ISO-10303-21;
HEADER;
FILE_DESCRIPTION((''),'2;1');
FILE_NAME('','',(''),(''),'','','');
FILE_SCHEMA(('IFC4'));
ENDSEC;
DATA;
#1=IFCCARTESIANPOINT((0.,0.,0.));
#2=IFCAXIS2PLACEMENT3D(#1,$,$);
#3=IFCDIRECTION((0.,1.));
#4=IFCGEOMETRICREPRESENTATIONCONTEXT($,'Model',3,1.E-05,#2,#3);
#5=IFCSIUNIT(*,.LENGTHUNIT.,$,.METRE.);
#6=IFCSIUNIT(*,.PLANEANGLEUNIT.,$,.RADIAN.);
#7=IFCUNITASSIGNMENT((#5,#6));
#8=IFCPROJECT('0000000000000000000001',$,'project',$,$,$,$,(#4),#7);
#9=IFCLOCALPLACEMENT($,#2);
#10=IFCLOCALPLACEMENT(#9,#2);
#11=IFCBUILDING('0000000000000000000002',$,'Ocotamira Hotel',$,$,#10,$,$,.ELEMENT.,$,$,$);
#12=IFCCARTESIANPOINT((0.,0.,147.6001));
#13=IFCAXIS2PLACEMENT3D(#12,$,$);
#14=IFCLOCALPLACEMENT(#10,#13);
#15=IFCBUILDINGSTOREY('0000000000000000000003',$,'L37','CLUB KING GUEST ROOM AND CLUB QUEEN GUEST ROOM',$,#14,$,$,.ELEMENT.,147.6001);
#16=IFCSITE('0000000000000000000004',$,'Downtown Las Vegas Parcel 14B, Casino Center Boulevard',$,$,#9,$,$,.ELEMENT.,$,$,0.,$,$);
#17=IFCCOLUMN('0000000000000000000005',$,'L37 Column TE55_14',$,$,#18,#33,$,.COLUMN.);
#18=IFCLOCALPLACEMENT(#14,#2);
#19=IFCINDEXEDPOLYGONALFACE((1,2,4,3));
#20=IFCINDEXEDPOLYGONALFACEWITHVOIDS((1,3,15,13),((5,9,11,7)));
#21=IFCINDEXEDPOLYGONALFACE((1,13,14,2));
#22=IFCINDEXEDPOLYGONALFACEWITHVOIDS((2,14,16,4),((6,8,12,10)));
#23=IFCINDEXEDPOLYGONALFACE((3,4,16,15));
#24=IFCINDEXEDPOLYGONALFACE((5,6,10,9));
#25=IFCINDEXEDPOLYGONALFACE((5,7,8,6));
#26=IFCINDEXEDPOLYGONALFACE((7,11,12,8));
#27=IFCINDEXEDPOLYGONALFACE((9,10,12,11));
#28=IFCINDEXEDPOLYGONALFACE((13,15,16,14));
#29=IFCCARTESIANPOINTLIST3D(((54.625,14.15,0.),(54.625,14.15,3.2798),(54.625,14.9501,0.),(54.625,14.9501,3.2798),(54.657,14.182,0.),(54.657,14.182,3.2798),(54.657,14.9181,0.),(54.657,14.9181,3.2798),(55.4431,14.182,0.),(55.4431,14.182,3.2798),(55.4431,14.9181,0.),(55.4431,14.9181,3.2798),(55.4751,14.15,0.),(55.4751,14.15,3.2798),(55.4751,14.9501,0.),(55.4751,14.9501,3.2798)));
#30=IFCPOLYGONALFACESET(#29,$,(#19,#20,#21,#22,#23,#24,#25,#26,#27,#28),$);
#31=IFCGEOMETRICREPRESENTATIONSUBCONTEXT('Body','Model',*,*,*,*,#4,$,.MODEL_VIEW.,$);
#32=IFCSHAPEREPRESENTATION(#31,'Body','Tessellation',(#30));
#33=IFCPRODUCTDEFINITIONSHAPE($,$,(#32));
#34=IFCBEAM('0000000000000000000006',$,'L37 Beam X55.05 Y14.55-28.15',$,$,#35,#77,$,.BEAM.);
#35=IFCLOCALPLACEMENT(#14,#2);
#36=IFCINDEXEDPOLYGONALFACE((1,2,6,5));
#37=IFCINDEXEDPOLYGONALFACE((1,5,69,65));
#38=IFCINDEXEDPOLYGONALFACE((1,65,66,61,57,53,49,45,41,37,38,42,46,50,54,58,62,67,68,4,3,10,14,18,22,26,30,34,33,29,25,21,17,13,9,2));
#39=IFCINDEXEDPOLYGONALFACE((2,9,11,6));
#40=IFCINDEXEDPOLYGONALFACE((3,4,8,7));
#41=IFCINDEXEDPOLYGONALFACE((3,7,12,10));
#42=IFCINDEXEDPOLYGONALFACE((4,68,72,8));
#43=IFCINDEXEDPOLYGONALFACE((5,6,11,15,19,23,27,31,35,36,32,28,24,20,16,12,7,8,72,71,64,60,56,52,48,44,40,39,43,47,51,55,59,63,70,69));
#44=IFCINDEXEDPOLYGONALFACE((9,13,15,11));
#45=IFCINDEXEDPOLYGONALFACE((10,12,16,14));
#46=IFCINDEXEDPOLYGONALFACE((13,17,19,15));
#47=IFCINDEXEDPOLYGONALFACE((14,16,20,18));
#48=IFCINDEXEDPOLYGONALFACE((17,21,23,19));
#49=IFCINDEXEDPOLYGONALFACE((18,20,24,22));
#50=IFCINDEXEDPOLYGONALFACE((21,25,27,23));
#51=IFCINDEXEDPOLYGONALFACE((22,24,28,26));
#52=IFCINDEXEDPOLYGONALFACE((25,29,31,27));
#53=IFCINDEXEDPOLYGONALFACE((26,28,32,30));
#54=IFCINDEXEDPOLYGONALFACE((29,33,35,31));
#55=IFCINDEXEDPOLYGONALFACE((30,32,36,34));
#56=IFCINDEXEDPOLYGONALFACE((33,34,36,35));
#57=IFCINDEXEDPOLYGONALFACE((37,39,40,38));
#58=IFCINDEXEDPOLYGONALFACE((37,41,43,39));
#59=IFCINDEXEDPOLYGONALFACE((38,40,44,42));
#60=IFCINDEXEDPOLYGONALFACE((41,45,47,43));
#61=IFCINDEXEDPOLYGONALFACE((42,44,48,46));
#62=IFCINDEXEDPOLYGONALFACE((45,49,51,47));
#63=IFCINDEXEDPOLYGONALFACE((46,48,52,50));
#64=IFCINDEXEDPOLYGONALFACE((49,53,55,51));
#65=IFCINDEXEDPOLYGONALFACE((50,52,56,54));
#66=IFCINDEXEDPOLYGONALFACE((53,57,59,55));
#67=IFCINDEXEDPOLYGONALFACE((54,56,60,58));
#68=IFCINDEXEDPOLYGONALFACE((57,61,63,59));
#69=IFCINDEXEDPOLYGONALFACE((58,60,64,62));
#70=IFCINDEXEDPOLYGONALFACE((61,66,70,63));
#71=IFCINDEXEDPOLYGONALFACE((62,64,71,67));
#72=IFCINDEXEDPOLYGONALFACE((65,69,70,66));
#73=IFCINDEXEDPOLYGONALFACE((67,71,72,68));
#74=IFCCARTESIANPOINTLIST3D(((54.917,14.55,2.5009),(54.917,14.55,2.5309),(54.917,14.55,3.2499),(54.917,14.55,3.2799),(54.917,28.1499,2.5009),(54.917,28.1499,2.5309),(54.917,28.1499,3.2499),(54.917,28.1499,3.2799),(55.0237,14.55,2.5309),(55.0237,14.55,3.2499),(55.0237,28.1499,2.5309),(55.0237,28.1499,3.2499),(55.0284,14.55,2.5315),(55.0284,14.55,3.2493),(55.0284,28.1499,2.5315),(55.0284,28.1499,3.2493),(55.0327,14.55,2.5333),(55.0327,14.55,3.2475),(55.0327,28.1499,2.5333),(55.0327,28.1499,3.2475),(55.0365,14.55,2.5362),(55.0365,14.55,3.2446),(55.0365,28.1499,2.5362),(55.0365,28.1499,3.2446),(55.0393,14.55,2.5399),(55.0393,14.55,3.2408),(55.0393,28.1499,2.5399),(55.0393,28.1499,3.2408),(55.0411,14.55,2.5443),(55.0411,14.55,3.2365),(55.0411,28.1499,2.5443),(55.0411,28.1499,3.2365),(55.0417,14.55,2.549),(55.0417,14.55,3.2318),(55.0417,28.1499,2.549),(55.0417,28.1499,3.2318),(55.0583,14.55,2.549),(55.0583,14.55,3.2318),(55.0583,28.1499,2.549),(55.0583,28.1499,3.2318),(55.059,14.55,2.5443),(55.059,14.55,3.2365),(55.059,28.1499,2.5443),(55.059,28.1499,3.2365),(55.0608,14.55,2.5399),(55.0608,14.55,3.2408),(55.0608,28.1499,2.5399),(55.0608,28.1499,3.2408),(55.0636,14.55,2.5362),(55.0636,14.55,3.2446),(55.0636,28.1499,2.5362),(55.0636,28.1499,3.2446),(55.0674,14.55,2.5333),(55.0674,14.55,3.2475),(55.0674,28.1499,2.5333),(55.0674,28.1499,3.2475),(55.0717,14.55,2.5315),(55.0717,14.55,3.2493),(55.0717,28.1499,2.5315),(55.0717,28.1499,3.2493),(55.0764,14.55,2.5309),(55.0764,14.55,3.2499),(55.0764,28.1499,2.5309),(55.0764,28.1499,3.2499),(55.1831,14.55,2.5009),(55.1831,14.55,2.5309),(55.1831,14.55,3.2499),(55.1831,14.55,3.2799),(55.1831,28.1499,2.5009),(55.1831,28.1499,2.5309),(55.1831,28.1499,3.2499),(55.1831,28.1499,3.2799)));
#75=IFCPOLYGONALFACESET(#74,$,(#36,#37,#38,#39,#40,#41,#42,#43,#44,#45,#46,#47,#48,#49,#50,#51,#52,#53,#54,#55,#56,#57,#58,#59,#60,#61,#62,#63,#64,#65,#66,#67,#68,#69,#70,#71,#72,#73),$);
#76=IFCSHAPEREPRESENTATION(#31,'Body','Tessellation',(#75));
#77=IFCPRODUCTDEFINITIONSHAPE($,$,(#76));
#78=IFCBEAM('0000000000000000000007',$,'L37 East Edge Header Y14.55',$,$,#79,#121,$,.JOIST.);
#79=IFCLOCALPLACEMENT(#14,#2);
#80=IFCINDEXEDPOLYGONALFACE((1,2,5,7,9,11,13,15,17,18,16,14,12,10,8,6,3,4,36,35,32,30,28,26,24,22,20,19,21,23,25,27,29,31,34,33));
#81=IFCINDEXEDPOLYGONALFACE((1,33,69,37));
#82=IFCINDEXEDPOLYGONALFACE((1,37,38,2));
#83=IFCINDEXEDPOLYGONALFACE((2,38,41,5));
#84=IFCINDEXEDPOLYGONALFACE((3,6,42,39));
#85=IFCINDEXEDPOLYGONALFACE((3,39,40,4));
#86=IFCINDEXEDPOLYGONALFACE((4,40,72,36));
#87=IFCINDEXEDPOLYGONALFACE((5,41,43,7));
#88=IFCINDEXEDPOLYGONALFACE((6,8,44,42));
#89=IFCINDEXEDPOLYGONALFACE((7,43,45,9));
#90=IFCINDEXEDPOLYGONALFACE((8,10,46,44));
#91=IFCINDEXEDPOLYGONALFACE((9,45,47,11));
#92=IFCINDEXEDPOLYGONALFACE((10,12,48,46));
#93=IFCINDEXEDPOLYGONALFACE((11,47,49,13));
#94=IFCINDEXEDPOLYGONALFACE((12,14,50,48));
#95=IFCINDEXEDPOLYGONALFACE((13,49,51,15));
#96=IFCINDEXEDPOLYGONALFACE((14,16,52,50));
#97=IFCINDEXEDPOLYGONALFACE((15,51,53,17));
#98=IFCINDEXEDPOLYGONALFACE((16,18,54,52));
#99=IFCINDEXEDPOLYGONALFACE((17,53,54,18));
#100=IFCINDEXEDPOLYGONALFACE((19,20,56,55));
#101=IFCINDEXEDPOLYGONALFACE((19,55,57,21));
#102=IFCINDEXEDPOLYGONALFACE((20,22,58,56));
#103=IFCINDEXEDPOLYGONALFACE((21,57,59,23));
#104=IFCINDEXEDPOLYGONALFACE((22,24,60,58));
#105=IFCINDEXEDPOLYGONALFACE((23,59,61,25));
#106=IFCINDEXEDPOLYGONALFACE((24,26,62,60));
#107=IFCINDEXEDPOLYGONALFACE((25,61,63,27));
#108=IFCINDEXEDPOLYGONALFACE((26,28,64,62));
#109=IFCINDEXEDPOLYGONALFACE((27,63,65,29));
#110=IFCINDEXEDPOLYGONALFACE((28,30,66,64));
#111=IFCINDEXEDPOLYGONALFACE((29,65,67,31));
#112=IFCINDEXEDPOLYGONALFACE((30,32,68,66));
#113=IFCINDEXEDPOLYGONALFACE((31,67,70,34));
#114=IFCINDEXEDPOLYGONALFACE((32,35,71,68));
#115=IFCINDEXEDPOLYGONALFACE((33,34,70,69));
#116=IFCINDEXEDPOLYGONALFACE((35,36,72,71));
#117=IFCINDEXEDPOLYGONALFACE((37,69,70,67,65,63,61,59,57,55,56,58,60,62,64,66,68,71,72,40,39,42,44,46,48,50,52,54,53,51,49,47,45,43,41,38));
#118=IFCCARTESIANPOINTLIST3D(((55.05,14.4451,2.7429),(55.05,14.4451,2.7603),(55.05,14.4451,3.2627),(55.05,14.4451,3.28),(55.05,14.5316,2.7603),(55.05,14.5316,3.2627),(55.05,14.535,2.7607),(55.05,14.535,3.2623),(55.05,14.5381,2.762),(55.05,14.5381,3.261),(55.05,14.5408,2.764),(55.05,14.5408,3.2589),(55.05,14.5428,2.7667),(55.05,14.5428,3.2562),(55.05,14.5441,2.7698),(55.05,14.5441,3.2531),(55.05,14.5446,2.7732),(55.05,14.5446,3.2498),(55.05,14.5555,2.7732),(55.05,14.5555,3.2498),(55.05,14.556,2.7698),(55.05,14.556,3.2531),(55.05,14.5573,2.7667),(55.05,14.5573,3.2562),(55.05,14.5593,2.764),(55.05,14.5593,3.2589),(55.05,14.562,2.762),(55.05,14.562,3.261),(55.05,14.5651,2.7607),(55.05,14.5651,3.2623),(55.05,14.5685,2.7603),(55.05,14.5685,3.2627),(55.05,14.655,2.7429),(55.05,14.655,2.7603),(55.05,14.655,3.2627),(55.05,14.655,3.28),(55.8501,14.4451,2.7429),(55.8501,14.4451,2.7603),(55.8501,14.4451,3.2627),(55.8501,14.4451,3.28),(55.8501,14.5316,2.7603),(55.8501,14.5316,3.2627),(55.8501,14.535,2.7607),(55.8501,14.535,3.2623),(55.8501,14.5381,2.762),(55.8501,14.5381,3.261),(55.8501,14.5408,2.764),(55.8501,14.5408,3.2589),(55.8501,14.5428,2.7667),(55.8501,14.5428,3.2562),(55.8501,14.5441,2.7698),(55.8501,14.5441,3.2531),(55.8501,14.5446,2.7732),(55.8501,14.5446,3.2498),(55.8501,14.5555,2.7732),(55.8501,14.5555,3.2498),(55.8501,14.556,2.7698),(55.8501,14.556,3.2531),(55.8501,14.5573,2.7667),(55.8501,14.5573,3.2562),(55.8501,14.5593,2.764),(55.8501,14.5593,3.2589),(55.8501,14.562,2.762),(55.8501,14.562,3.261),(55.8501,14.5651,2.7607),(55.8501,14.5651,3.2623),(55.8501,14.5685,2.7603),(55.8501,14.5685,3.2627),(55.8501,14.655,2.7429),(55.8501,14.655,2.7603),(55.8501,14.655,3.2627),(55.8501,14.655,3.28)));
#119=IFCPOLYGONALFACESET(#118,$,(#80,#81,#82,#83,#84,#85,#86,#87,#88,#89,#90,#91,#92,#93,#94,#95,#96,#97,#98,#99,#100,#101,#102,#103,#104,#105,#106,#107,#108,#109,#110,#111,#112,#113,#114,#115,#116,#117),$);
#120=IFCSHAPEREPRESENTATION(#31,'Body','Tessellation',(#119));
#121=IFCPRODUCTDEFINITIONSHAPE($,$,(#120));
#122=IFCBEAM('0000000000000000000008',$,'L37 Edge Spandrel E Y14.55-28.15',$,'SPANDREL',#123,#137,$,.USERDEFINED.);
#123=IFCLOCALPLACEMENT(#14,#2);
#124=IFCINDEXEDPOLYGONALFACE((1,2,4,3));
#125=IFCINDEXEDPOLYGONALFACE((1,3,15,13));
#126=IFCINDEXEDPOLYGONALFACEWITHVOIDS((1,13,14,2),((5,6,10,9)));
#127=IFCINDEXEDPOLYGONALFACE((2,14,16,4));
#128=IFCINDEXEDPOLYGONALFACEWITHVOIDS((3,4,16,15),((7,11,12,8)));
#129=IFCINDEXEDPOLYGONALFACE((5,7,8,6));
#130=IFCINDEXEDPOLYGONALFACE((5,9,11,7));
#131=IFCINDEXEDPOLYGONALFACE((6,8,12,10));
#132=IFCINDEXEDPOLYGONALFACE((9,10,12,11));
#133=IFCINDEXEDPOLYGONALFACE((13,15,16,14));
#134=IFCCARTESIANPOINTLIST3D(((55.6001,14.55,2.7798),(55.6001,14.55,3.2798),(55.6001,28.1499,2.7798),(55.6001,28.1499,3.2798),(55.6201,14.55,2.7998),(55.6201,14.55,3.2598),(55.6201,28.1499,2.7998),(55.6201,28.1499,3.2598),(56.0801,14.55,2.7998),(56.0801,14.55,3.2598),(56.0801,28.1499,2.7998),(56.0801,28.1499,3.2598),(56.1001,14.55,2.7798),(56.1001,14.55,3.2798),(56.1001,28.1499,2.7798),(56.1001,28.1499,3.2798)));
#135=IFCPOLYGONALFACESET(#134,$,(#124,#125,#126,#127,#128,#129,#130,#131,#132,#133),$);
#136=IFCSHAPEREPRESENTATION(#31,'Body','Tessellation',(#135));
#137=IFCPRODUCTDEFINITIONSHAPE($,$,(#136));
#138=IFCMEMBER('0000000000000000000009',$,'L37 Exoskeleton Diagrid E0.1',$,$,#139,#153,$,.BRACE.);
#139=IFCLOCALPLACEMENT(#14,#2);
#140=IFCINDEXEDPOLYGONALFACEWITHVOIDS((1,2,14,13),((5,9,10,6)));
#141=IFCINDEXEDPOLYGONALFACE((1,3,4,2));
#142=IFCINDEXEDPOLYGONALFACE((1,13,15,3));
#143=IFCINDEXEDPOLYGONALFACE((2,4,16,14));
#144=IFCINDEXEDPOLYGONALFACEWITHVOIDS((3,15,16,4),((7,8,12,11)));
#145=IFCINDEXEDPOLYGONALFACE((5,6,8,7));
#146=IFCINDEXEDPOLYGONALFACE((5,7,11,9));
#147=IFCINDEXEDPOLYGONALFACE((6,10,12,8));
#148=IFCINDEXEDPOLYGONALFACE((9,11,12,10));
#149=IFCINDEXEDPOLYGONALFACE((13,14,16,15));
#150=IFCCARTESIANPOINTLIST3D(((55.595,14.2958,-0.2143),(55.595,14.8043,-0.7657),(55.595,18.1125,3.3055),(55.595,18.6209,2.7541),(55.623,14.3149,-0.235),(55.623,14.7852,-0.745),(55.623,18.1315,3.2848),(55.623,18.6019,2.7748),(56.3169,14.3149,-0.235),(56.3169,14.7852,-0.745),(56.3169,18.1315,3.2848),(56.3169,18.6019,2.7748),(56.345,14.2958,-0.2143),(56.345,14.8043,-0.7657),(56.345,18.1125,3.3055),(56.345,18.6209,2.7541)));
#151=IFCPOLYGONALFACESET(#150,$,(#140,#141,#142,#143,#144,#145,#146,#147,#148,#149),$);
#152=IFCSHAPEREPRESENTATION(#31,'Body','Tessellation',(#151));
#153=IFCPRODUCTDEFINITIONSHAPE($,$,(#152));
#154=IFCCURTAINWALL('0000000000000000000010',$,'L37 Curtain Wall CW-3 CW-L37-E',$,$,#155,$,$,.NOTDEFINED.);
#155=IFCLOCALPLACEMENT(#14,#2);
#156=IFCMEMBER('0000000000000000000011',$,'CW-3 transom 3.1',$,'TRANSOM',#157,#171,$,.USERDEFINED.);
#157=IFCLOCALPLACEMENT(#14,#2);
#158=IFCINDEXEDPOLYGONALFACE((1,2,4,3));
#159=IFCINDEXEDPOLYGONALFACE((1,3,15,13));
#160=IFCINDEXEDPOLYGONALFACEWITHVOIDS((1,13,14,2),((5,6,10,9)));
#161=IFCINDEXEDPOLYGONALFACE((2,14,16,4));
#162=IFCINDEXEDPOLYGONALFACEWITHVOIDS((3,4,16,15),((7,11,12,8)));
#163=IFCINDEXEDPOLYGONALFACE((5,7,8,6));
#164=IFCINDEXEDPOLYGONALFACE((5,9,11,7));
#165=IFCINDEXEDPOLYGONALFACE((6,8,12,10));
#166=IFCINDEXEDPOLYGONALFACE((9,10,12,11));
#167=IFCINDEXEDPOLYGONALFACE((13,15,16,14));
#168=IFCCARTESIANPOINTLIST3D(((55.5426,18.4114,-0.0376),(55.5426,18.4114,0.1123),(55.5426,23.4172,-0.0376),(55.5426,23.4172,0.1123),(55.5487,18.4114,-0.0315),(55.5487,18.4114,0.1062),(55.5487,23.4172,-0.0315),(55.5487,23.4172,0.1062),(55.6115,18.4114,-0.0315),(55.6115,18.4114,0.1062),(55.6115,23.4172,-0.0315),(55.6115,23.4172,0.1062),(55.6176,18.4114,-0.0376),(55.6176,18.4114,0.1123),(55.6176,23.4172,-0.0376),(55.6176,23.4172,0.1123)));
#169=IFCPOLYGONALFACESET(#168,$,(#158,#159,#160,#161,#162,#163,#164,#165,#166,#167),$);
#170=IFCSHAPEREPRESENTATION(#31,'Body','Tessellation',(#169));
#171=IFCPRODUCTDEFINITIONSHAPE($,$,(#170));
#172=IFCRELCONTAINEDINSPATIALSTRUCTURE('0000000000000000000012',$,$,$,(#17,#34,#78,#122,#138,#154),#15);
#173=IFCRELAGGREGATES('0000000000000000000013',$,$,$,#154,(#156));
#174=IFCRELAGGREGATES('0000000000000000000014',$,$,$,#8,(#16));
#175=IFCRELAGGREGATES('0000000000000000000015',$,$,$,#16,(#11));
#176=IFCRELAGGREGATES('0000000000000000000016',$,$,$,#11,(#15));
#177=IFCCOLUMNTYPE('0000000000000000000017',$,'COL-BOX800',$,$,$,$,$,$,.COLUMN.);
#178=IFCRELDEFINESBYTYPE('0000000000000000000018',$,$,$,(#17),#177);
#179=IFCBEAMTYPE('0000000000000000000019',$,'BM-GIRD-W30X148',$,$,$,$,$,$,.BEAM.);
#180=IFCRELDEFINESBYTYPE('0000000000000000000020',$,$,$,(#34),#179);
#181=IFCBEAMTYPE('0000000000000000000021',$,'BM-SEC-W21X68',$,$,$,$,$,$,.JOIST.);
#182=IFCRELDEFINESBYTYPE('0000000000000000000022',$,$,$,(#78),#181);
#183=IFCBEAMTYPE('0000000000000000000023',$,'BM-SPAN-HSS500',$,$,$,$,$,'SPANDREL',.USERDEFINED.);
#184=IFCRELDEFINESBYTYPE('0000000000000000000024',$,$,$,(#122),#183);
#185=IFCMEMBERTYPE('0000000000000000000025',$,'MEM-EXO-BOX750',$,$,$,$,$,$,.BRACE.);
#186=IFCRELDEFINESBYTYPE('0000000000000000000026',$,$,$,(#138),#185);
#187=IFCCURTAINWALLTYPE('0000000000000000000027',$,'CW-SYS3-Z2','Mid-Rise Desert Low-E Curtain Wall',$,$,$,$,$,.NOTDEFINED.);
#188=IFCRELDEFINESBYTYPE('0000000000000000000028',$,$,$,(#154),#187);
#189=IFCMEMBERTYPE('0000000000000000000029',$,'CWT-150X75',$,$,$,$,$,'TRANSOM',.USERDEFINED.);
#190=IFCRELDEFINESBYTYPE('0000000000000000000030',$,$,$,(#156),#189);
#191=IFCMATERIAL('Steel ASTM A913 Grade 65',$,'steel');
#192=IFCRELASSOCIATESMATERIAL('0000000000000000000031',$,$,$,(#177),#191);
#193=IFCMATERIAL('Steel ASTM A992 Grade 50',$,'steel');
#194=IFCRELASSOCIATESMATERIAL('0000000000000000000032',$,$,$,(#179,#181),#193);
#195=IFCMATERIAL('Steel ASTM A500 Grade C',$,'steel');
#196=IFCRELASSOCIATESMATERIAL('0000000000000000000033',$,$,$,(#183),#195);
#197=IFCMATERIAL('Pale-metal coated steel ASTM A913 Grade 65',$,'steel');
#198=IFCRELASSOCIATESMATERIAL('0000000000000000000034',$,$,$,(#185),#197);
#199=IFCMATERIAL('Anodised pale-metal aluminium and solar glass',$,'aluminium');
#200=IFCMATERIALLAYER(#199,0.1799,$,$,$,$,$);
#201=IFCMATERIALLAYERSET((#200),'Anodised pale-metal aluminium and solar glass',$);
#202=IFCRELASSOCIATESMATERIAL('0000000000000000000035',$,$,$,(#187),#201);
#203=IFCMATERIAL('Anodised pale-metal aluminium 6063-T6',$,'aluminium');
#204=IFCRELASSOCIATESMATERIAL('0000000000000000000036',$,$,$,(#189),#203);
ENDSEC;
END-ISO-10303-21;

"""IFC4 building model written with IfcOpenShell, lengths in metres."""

from ifc_helpers import new_model, si_unit, direction, frame, origin, origin_2d, place, context, subcontext, project, spatial, hollow_rectangle, i_section, extrude, source, transform, mapped, material, layer, layer_set, material_profile, profile_set, type_object, element, aggregate, save


model = new_model("IFC4")

# Units and contexts
model_context = context("Model", 3, precision=1e-05, world=origin(), true_north=direction((0.0, 1.0)))
body_context = subcontext(model_context, "Body", "Model", "MODEL_VIEW")
ifc_project = project(units=[si_unit("LENGTHUNIT", "METRE"), si_unit("PLANEANGLEUNIT", "RADIAN")], contexts=[model_context])

# Site, building, storey
site_placement = place(None, origin())
site = spatial("IfcSite", under=ifc_project, at=site_placement, Name="Downtown Las Vegas Parcel 14B, Casino Center Boulevard", CompositionType="ELEMENT", RefElevation=0.0)
building_placement = place(site_placement, origin())
building = spatial("IfcBuilding", under=site, at=building_placement, Name="Ocotamira Hotel", CompositionType="ELEMENT")
storey_placement = place(building_placement, frame((0.0, 0.0, 147.6001)))
storey = spatial("IfcBuildingStorey", under=building, at=storey_placement, Name="L37", Description="CLUB KING GUEST ROOM AND CLUB QUEEN GUEST ROOM", CompositionType="ELEMENT", Elevation=147.6001)

# Column
ifc_material_1 = material(Name="Steel ASTM A913 Grade 65", Category="steel")
ifc_material_profile_1 = material_profile(ifc_material_1, hollow_rectangle(XDim=0.8501, YDim=0.8, WallThickness=0.032, at=origin_2d()), Name="BOX800X850X32")
ifc_profile_set_1 = profile_set([ifc_material_profile_1], Name="Steel ASTM A913 Grade 65")
column_type = type_object("IfcColumnType", Name="COL-BOX800", PredefinedType="COLUMN", material=ifc_profile_set_1)
shared_shape_1 = source(origin(), body_context, "Body", "SweptSolid", [
    extrude(hollow_rectangle(XDim=0.8501, YDim=0.8, WallThickness=0.032, at=origin_2d()), origin(), (0.0, 0.0, 1.0), 3.2798),
])
column_placement = place(storey_placement, frame((55.05, 14.55, 0.0), z_axis=(0.0, 0.0, 1.0), x_axis=(1.0, 0.0, 0.0)))
element("IfcColumn", 1, at=column_placement, inside=storey, type_object=column_type, Name="L37 Column TE55_14", PredefinedType="COLUMN", context=body_context, shape_type="MappedRepresentation", body=[
    mapped(shared_shape_1, transform((0.0, 0.0, 0.0), scale=1.0)),
])

# Beams
ifc_material_2 = material(Name="Steel ASTM A992 Grade 50", Category="steel")
ifc_material_profile_2 = material_profile(ifc_material_2, i_section(OverallWidth=0.2661, OverallDepth=0.7791, WebThickness=0.0166, FlangeThickness=0.03, FilletRadius=0.0181, at=origin_2d()), Name="W30X148")
ifc_profile_set_2 = profile_set([ifc_material_profile_2], Name="Steel ASTM A992 Grade 50")
beam_type_1 = type_object("IfcBeamType", Name="BM-GIRD-W30X148", PredefinedType="BEAM", material=ifc_profile_set_2)
shared_shape_2 = source(origin(), body_context, "Body", "SweptSolid", [
    extrude(i_section(OverallWidth=0.2661, OverallDepth=0.7791, WebThickness=0.0166, FlangeThickness=0.03, FilletRadius=0.0181, at=origin_2d()), origin(), (0.0, 0.0, 1.0), 13.5999),
])
beam_1_placement = place(storey_placement, frame((55.05, 14.55, 2.8904), z_axis=(0.0, 1.0, 0.0), x_axis=(-1.0, 0.0, 0.0)))
element("IfcBeam", 2, at=beam_1_placement, inside=storey, type_object=beam_type_1, Name="L37 Beam X55.05 Y14.55-28.15", PredefinedType="BEAM", context=body_context, shape_type="MappedRepresentation", body=[
    mapped(shared_shape_2, transform((0.0, 0.0, 0.0), scale=1.0)),
])
ifc_material_profile_3 = material_profile(ifc_material_2, i_section(OverallWidth=0.21, OverallDepth=0.5371, WebThickness=0.011, FlangeThickness=0.0173, FilletRadius=0.0129, at=origin_2d()), Name="W21X68")
ifc_profile_set_3 = profile_set([ifc_material_profile_3], Name="Steel ASTM A992 Grade 50")
beam_type_2 = type_object("IfcBeamType", Name="BM-SEC-W21X68", PredefinedType="JOIST", material=ifc_profile_set_3)
shared_shape_3 = source(origin(), body_context, "Body", "SweptSolid", [
    extrude(i_section(OverallWidth=0.21, OverallDepth=0.5371, WebThickness=0.011, FlangeThickness=0.0173, FilletRadius=0.0129, at=origin_2d()), origin(), (0.0, 0.0, 1.0), 0.8),
])
beam_2_placement = place(storey_placement, frame((55.05, 14.55, 3.0115), z_axis=(1.0, 0.0, 0.0), x_axis=(0.0, 1.0, 0.0)))
element("IfcBeam", 3, at=beam_2_placement, inside=storey, type_object=beam_type_2, Name="L37 East Edge Header Y14.55", PredefinedType="JOIST", context=body_context, shape_type="MappedRepresentation", body=[
    mapped(shared_shape_3, transform((0.0, 0.0, 0.0), scale=1.0)),
])
ifc_material_3 = material(Name="Steel ASTM A500 Grade C", Category="steel")
ifc_material_profile_4 = material_profile(ifc_material_3, hollow_rectangle(XDim=0.5, YDim=0.5, WallThickness=0.02, at=origin_2d()), Name="HSS500X500X20")
ifc_profile_set_4 = profile_set([ifc_material_profile_4], Name="Steel ASTM A500 Grade C")
beam_type_3 = type_object("IfcBeamType", Name="BM-SPAN-HSS500", ElementType="SPANDREL", PredefinedType="USERDEFINED", material=ifc_profile_set_4)
shared_shape_4 = source(origin(), body_context, "Body", "SweptSolid", [
    extrude(hollow_rectangle(XDim=0.5, YDim=0.5, WallThickness=0.02, at=origin_2d()), origin(), (0.0, 0.0, 1.0), 13.5999),
])
beam_3_placement = place(storey_placement, frame((55.8501, 14.55, 3.0298), z_axis=(0.0, 1.0, 0.0), x_axis=(-1.0, 0.0, 0.0)))
element("IfcBeam", 4, at=beam_3_placement, inside=storey, type_object=beam_type_3, Name="L37 Edge Spandrel E Y14.55-28.15", ObjectType="SPANDREL", PredefinedType="USERDEFINED", context=body_context, shape_type="MappedRepresentation", body=[
    mapped(shared_shape_4, transform((0.0, 0.0, 0.0), scale=1.0)),
])

# Member
ifc_material_4 = material(Name="Pale-metal coated steel ASTM A913 Grade 65", Category="steel")
ifc_material_profile_5 = material_profile(ifc_material_4, hollow_rectangle(XDim=0.75, YDim=0.75, WallThickness=0.0281, at=origin_2d()), Name="BOX750X750X28")
ifc_profile_set_5 = profile_set([ifc_material_profile_5], Name="Pale-metal coated steel ASTM A913 Grade 65")
member_type_1 = type_object("IfcMemberType", Name="MEM-EXO-BOX750", PredefinedType="BRACE", material=ifc_profile_set_5)
shared_shape_5 = source(origin(), body_context, "Body", "SweptSolid", [
    extrude(hollow_rectangle(XDim=0.75, YDim=0.75, WallThickness=0.0281, at=origin_2d()), origin(), (0.0, 0.0, 1.0), 5.1919),
])
member_1_placement = place(storey_placement, frame((55.97, 14.55, -0.49), z_axis=(0.0, 0.735119, 0.677938), x_axis=(-1.0, 0.0, 0.0)))
element("IfcMember", 5, at=member_1_placement, inside=storey, type_object=member_type_1, Name="L37 Exoskeleton Diagrid E0.1", PredefinedType="BRACE", context=body_context, shape_type="MappedRepresentation", body=[
    mapped(shared_shape_5, transform((0.0, 0.0, 0.0), scale=1.0)),
])

# Curtain wall, member
ifc_material_5 = material(Name="Anodised pale-metal aluminium and solar glass", Category="aluminium")
ifc_layer_1 = layer(ifc_material_5, 0.1799)
ifc_layer_set_1 = layer_set([ifc_layer_1], Name="Anodised pale-metal aluminium and solar glass")
curtain_wall_type = type_object("IfcCurtainWallType", Name="CW-SYS3-Z2", Description="Mid-Rise Desert Low-E Curtain Wall", PredefinedType="NOTDEFINED", material=ifc_layer_set_1)
curtain_wall_placement = place(storey_placement, origin())
curtain_wall = element("IfcCurtainWall", 6, at=curtain_wall_placement, inside=storey, type_object=curtain_wall_type, Name="L37 Curtain Wall CW-3 CW-L37-E", PredefinedType="NOTDEFINED")
ifc_material_6 = material(Name="Anodised pale-metal aluminium 6063-T6", Category="aluminium")
ifc_material_profile_6 = material_profile(ifc_material_6, hollow_rectangle(XDim=0.075, YDim=0.1499, WallThickness=0.0061, at=origin_2d()), Name="HSS150X75X6")
ifc_profile_set_6 = profile_set([ifc_material_profile_6], Name="Anodised pale-metal aluminium 6063-T6")
member_type_2 = type_object("IfcMemberType", Name="CWT-150X75", ElementType="TRANSOM", PredefinedType="USERDEFINED", material=ifc_profile_set_6)
shared_shape_6 = source(origin(), body_context, "Body", "SweptSolid", [
    extrude(hollow_rectangle(XDim=0.075, YDim=0.1499, WallThickness=0.0061, at=origin_2d()), origin(), (0.0, 0.0, 1.0), 5.0059),
])
member_2_placement = place(storey_placement, frame((55.5801, 18.4114, 0.0374), z_axis=(0.0, 1.0, 0.0), x_axis=(-1.0, 0.0, 0.0)))
member_2 = element("IfcMember", 7, at=member_2_placement, type_object=member_type_2, Name="CW-3 transom 3.1", ObjectType="TRANSOM", PredefinedType="USERDEFINED", context=body_context, shape_type="MappedRepresentation", body=[
    mapped(shared_shape_6, transform((0.0, 0.0, 0.0), scale=1.0)),
])

aggregate(curtain_wall, [member_2])

save(model, "model.ifc")
